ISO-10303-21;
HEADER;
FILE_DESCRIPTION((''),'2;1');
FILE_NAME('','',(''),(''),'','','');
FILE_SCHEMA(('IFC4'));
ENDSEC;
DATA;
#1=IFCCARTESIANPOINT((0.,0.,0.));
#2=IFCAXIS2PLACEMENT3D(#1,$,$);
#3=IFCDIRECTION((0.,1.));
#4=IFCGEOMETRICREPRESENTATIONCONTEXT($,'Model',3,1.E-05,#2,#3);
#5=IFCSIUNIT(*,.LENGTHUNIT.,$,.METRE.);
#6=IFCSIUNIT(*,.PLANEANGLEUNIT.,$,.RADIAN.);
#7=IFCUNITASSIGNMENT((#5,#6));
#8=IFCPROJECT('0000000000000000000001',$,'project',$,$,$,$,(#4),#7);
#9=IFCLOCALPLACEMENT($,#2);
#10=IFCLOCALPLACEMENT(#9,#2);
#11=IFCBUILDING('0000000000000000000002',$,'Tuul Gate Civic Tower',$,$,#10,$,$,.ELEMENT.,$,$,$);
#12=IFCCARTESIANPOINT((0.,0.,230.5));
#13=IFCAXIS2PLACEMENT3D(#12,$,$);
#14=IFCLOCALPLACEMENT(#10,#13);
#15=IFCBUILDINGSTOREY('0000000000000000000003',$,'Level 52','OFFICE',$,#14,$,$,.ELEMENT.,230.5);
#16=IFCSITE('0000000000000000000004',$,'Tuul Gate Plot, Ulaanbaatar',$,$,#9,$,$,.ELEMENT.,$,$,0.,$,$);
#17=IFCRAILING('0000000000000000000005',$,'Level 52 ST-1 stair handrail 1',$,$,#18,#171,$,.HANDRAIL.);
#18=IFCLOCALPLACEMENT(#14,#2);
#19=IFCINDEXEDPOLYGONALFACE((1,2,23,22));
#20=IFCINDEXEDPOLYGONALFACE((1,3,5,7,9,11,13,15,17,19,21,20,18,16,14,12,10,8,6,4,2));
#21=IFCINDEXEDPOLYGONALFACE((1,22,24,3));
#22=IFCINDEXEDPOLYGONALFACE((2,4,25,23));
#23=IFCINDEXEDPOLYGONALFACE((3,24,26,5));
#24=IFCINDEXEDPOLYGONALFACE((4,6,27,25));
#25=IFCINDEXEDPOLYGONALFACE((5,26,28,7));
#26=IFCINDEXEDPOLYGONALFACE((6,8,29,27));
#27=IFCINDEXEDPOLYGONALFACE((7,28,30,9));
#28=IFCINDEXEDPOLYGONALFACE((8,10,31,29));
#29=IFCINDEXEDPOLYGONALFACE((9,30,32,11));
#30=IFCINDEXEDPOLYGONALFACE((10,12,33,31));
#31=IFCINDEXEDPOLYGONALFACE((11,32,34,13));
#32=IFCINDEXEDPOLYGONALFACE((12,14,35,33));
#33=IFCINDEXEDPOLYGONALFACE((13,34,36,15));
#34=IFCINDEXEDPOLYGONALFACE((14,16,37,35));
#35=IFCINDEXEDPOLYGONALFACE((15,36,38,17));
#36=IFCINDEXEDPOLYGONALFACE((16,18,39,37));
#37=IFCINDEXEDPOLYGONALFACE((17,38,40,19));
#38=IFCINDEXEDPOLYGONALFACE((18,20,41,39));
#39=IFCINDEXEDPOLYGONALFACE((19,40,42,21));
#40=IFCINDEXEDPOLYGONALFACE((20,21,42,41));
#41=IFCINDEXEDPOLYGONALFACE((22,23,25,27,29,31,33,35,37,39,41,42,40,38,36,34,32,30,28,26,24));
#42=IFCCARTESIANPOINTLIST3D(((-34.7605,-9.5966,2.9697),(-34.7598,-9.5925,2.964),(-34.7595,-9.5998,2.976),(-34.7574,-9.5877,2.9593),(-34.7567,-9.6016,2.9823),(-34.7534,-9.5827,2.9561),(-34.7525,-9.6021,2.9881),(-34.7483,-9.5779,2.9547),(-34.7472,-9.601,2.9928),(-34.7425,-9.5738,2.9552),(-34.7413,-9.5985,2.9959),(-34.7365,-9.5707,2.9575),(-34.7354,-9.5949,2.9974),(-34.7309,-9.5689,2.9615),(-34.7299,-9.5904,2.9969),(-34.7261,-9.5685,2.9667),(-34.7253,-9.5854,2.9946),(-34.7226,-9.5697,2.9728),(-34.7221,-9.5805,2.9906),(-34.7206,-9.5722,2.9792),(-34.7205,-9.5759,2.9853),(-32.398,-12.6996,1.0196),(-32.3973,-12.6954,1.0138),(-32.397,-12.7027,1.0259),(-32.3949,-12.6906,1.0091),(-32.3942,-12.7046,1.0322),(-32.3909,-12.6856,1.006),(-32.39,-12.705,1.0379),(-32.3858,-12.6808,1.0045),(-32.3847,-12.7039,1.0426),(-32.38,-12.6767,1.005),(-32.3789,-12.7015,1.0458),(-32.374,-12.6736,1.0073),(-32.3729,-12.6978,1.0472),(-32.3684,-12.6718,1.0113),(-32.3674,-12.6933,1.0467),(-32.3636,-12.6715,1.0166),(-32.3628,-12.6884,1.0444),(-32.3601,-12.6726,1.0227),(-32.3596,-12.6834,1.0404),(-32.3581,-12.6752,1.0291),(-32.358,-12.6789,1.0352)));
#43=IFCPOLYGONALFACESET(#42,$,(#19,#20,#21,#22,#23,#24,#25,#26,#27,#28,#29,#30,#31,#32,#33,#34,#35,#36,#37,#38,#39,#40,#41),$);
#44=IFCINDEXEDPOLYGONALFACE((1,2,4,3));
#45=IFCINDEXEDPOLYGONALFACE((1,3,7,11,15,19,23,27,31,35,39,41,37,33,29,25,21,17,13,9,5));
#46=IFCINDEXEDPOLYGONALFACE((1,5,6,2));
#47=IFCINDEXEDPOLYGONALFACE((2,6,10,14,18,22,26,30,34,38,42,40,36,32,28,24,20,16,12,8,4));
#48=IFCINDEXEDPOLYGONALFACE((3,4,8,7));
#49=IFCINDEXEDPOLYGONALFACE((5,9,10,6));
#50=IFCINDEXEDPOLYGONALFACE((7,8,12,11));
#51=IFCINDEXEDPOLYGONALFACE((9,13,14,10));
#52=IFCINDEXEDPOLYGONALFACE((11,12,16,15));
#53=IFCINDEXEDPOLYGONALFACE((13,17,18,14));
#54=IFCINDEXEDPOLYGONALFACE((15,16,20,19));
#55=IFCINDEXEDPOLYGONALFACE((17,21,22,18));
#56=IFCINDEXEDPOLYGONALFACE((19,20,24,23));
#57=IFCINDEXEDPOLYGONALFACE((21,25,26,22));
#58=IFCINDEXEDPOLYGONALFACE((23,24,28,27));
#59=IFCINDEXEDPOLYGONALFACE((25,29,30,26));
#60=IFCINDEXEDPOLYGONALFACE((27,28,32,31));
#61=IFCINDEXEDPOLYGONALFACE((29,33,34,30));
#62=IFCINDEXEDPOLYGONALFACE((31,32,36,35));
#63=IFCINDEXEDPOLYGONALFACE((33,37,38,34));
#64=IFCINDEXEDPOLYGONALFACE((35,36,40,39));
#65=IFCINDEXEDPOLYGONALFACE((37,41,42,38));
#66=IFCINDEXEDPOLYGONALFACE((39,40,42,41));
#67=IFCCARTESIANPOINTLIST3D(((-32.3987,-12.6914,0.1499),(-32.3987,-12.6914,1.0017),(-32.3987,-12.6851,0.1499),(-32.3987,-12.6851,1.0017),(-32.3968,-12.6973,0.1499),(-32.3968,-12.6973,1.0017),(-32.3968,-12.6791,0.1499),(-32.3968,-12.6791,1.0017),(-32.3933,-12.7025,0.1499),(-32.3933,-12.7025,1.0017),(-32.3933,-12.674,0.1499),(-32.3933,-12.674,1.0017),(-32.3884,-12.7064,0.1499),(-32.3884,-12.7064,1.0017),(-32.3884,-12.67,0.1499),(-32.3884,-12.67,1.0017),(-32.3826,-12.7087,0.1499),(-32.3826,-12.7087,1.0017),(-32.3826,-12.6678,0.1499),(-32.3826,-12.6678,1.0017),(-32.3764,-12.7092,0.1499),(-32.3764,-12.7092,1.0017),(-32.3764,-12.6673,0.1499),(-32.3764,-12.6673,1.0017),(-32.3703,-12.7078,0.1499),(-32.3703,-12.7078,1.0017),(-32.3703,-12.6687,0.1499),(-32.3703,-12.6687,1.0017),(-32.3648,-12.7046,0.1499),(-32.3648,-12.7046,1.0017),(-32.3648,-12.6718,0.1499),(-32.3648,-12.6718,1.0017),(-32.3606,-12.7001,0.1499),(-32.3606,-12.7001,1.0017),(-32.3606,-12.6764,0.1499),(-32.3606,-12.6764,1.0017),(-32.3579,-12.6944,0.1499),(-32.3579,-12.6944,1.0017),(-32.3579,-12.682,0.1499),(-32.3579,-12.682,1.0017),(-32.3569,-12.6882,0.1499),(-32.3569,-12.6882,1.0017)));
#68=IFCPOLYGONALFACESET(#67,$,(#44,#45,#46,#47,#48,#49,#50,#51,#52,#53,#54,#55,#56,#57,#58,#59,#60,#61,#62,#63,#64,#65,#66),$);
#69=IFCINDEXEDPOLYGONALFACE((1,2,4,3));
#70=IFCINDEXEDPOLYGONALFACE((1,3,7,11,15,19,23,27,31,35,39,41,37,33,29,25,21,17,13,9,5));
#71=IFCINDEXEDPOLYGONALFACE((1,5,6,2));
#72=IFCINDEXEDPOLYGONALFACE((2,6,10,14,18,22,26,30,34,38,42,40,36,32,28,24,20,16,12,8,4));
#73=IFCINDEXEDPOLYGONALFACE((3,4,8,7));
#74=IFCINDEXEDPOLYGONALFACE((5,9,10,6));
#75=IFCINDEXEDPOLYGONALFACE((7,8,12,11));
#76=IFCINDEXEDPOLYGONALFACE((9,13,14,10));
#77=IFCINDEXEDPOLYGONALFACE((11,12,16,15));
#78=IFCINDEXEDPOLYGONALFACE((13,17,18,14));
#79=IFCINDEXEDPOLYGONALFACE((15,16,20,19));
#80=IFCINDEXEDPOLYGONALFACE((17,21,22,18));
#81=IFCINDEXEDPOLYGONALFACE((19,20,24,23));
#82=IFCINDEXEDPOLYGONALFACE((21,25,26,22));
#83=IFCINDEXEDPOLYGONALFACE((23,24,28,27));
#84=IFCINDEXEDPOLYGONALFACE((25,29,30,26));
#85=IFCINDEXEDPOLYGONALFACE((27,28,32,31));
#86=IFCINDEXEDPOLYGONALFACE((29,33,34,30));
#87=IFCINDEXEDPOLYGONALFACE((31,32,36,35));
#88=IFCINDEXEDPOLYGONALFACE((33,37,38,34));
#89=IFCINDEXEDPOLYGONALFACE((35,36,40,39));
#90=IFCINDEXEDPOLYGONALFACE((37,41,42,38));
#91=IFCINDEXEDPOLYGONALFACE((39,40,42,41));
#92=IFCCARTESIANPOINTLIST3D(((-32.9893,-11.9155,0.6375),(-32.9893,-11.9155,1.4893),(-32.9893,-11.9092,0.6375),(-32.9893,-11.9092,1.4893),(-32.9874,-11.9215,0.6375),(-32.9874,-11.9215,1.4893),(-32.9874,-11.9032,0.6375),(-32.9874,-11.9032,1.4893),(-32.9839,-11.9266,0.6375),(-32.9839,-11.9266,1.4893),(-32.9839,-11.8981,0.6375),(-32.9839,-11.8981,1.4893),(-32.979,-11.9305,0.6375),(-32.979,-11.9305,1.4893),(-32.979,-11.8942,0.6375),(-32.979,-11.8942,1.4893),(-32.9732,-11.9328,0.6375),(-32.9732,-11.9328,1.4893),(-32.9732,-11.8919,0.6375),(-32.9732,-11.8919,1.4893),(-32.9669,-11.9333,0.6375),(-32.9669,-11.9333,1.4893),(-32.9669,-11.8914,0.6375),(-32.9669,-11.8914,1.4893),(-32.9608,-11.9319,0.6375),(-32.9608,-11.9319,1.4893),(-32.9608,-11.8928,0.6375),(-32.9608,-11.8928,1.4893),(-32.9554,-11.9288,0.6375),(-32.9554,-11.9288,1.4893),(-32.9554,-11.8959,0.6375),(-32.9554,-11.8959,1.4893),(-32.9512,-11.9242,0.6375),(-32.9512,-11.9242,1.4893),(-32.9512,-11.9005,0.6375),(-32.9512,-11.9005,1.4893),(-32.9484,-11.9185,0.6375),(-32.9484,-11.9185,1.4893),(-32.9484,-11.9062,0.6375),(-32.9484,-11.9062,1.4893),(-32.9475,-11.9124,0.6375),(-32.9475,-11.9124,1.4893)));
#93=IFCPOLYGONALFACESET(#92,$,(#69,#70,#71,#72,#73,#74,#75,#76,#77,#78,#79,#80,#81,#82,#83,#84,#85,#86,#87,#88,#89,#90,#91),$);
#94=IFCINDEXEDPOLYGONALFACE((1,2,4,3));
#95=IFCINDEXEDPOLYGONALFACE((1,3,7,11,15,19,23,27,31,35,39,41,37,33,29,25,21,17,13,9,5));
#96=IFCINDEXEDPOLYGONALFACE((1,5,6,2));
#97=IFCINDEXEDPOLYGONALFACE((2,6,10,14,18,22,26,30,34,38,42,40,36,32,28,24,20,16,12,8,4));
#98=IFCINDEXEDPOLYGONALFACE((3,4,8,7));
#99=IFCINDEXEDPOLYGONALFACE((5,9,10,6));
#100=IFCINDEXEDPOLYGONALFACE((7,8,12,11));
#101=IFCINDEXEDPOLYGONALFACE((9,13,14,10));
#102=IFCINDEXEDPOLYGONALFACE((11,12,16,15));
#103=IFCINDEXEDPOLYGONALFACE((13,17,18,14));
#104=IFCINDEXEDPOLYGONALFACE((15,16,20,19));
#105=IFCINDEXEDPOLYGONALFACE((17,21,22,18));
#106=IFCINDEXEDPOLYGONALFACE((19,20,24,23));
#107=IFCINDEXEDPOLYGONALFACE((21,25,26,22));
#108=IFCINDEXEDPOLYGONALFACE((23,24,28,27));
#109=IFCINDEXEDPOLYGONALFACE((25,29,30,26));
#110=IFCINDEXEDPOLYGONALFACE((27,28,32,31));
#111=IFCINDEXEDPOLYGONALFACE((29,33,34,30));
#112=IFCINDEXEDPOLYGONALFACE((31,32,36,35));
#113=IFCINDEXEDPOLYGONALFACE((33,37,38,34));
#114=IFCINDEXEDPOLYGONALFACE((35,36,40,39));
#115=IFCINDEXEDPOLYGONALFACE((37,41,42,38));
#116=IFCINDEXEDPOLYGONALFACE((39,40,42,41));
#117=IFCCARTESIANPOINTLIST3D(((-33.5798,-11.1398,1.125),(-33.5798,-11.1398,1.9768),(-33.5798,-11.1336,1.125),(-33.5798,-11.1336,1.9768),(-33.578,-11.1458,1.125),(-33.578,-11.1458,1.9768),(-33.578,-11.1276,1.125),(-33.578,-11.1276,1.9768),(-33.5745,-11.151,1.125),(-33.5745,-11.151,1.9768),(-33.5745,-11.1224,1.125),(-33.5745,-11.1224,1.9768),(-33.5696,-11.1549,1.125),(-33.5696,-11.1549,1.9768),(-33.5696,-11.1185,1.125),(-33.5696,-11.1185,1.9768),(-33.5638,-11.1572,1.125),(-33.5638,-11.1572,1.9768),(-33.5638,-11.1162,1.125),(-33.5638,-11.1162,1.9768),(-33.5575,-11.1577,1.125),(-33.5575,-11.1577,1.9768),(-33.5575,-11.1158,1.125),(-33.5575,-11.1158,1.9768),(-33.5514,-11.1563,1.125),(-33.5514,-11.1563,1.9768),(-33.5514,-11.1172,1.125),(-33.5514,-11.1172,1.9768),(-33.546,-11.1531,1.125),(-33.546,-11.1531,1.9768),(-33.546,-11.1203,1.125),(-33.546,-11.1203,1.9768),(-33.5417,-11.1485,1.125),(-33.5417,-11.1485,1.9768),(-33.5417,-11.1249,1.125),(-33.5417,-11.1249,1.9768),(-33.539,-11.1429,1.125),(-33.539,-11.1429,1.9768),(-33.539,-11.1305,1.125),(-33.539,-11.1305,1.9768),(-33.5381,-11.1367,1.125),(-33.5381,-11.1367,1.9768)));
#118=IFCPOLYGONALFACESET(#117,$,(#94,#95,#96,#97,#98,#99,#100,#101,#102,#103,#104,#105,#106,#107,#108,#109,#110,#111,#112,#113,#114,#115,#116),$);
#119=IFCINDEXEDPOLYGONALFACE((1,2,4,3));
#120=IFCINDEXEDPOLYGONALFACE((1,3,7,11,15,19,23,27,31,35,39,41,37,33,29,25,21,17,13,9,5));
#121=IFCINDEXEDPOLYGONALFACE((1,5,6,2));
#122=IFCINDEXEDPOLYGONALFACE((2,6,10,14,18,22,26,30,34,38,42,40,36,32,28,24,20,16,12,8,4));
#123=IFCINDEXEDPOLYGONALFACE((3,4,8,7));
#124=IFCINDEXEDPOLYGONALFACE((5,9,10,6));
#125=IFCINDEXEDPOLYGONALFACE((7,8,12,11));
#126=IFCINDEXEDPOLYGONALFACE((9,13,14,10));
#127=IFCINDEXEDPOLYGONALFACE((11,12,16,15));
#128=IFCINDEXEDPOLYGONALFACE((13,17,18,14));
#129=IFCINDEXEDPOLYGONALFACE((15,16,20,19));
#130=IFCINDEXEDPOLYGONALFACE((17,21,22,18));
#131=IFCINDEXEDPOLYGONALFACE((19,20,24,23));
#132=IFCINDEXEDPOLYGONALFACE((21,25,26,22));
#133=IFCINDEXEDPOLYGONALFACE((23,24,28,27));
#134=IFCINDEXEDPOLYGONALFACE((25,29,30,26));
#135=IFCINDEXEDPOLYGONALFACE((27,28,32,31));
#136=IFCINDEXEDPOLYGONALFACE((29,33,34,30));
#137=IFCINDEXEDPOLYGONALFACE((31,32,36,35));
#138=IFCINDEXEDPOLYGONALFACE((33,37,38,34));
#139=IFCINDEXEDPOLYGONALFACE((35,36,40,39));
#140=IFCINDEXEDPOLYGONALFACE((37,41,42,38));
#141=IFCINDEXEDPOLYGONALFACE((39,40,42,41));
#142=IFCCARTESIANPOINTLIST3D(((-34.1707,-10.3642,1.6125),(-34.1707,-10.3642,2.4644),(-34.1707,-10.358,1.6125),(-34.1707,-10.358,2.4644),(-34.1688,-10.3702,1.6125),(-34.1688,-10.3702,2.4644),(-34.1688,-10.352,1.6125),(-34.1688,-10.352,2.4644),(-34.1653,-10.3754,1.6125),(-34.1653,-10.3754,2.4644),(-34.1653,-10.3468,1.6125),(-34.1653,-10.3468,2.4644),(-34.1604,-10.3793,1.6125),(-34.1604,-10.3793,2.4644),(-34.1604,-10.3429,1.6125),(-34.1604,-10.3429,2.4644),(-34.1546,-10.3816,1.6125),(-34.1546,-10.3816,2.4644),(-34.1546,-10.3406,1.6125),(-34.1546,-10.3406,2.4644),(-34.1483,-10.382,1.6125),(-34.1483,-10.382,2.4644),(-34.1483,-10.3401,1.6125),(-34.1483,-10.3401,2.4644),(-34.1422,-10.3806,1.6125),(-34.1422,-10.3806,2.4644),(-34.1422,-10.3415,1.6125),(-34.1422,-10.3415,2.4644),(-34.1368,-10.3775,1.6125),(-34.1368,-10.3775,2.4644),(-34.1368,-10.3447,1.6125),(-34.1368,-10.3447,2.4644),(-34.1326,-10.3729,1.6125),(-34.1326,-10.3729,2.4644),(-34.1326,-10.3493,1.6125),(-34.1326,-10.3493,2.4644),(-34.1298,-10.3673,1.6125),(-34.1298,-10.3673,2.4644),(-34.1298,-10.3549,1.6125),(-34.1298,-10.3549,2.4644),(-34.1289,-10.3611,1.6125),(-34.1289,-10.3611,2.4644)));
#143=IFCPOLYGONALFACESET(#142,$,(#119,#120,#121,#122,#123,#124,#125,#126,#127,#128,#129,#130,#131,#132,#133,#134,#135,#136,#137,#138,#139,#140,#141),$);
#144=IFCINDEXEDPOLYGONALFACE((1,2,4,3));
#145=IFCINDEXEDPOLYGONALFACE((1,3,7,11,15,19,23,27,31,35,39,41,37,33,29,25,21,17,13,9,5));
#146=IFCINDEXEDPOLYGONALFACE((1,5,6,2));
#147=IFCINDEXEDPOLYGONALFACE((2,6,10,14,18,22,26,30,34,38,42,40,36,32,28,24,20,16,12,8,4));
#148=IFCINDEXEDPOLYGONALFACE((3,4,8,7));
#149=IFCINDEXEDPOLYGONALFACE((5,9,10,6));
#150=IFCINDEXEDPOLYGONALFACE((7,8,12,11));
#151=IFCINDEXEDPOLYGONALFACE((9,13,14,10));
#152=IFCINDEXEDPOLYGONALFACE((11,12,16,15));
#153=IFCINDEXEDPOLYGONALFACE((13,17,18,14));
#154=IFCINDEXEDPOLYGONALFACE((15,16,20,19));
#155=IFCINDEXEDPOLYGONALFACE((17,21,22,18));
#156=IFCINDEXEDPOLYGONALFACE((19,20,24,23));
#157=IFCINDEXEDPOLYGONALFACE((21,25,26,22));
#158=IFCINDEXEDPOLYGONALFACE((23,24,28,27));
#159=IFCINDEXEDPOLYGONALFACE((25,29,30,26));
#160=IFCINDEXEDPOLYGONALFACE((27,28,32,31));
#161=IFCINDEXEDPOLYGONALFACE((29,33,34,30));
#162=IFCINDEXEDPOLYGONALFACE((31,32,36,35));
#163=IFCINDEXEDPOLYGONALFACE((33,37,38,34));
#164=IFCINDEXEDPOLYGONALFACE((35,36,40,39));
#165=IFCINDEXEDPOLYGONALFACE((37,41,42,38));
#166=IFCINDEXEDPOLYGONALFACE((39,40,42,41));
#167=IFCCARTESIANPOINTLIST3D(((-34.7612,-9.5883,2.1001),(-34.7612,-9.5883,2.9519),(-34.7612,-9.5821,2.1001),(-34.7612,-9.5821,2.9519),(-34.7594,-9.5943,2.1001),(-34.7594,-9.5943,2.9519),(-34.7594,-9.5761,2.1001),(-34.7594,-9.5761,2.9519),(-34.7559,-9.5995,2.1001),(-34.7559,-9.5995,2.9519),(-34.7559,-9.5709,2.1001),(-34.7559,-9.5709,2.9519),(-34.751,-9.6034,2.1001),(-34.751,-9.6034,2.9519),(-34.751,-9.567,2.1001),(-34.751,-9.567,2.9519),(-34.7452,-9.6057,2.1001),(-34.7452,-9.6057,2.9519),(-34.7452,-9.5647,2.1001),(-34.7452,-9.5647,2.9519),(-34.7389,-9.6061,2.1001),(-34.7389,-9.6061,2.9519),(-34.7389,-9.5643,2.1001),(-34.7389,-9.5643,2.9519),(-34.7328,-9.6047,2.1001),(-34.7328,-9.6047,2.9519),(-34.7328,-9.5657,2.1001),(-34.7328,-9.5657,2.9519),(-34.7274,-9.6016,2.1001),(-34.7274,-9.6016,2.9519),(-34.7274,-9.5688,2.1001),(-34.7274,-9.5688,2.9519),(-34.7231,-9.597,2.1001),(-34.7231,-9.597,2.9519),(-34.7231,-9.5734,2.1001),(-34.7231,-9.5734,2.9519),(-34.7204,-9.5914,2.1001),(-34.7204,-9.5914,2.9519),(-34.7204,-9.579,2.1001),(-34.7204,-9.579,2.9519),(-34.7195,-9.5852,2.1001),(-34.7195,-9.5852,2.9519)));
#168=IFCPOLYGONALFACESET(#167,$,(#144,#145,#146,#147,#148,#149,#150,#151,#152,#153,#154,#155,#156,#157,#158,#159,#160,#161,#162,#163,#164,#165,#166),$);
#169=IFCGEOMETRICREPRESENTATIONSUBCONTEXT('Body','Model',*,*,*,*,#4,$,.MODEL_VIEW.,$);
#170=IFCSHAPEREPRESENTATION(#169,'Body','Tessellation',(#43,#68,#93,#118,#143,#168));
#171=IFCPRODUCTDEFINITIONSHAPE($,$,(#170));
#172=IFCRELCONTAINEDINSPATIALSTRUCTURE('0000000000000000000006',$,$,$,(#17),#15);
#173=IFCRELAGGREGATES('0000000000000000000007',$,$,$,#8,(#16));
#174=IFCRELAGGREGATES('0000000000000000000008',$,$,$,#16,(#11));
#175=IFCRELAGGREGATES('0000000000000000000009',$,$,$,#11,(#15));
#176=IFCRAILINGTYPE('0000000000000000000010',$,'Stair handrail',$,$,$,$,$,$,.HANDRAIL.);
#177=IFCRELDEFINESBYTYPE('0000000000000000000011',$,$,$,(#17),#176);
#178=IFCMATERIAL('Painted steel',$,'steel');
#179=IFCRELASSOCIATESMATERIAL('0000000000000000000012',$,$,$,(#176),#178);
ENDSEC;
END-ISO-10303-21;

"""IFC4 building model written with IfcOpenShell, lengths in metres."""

from ifc_helpers import new_model, si_unit, direction, frame, origin, origin_2d, place, context, subcontext, project, spatial, circle, extrude, material, type_object, element, save


model = new_model("IFC4")

# Units and contexts
model_context = context("Model", 3, precision=1e-05, world=origin(), true_north=direction((0.0, 1.0)))
body_context = subcontext(model_context, "Body", "Model", "MODEL_VIEW")
ifc_project = project(units=[si_unit("LENGTHUNIT", "METRE"), si_unit("PLANEANGLEUNIT", "RADIAN")], contexts=[model_context])

# Site, building, storey
site_placement = place(None, origin())
site = spatial("IfcSite", under=ifc_project, at=site_placement, Name="Tuul Gate Plot, Ulaanbaatar", CompositionType="ELEMENT", RefElevation=0.0)
building_placement = place(site_placement, origin())
building = spatial("IfcBuilding", under=site, at=building_placement, Name="Tuul Gate Civic Tower", CompositionType="ELEMENT")
storey_placement = place(building_placement, frame((0.0, 0.0, 230.5)))
storey = spatial("IfcBuildingStorey", under=building, at=storey_placement, Name="Level 52", Description="OFFICE", CompositionType="ELEMENT", Elevation=230.5)

# Railing
ifc_material_1 = material(Name="Painted steel", Category="steel")
railing_type_1 = type_object("IfcRailingType", Name="Stair handrail", PredefinedType="HANDRAIL", material=ifc_material_1)
railing_1_placement = place(storey_placement, frame((-32.3779, -12.6882, 0.1499)))
element("IfcRailing", 1, at=railing_1_placement, inside=storey, type_object=railing_type_1, Name="Level 52 ST-1 stair handrail 1", PredefinedType="HANDRAIL", context=body_context, shape_type="SweptSolid", body=[
    extrude(circle(Radius=0.0239, at=origin_2d()), frame((0.0, 0.0, 0.876), z_axis=(-0.541811, 0.711627, 0.447245), x_axis=(-0.795637, -0.605773, 0.0)), (0.0, 0.0, 1.0), 4.3604),
    extrude(circle(Radius=0.021, at=origin_2d()), origin(), (0.0, 0.0, 1.0), 0.8518),
    extrude(circle(Radius=0.021, at=origin_2d()), frame((-0.5906, 0.7759, 0.4875)), (0.0, 0.0, 1.0), 0.8518),
    extrude(circle(Radius=0.021, at=origin_2d()), frame((-1.1812, 1.5515, 0.9751)), (0.0, 0.0, 1.0), 0.8518),
    extrude(circle(Radius=0.021, at=origin_2d()), frame((-1.772, 2.3271, 1.4626)), (0.0, 0.0, 1.0), 0.8518),
    extrude(circle(Radius=0.021, at=origin_2d()), frame((-2.3625, 3.103, 1.9502)), (0.0, 0.0, 1.0), 0.8518),
])

save(model, "model.ifc")
